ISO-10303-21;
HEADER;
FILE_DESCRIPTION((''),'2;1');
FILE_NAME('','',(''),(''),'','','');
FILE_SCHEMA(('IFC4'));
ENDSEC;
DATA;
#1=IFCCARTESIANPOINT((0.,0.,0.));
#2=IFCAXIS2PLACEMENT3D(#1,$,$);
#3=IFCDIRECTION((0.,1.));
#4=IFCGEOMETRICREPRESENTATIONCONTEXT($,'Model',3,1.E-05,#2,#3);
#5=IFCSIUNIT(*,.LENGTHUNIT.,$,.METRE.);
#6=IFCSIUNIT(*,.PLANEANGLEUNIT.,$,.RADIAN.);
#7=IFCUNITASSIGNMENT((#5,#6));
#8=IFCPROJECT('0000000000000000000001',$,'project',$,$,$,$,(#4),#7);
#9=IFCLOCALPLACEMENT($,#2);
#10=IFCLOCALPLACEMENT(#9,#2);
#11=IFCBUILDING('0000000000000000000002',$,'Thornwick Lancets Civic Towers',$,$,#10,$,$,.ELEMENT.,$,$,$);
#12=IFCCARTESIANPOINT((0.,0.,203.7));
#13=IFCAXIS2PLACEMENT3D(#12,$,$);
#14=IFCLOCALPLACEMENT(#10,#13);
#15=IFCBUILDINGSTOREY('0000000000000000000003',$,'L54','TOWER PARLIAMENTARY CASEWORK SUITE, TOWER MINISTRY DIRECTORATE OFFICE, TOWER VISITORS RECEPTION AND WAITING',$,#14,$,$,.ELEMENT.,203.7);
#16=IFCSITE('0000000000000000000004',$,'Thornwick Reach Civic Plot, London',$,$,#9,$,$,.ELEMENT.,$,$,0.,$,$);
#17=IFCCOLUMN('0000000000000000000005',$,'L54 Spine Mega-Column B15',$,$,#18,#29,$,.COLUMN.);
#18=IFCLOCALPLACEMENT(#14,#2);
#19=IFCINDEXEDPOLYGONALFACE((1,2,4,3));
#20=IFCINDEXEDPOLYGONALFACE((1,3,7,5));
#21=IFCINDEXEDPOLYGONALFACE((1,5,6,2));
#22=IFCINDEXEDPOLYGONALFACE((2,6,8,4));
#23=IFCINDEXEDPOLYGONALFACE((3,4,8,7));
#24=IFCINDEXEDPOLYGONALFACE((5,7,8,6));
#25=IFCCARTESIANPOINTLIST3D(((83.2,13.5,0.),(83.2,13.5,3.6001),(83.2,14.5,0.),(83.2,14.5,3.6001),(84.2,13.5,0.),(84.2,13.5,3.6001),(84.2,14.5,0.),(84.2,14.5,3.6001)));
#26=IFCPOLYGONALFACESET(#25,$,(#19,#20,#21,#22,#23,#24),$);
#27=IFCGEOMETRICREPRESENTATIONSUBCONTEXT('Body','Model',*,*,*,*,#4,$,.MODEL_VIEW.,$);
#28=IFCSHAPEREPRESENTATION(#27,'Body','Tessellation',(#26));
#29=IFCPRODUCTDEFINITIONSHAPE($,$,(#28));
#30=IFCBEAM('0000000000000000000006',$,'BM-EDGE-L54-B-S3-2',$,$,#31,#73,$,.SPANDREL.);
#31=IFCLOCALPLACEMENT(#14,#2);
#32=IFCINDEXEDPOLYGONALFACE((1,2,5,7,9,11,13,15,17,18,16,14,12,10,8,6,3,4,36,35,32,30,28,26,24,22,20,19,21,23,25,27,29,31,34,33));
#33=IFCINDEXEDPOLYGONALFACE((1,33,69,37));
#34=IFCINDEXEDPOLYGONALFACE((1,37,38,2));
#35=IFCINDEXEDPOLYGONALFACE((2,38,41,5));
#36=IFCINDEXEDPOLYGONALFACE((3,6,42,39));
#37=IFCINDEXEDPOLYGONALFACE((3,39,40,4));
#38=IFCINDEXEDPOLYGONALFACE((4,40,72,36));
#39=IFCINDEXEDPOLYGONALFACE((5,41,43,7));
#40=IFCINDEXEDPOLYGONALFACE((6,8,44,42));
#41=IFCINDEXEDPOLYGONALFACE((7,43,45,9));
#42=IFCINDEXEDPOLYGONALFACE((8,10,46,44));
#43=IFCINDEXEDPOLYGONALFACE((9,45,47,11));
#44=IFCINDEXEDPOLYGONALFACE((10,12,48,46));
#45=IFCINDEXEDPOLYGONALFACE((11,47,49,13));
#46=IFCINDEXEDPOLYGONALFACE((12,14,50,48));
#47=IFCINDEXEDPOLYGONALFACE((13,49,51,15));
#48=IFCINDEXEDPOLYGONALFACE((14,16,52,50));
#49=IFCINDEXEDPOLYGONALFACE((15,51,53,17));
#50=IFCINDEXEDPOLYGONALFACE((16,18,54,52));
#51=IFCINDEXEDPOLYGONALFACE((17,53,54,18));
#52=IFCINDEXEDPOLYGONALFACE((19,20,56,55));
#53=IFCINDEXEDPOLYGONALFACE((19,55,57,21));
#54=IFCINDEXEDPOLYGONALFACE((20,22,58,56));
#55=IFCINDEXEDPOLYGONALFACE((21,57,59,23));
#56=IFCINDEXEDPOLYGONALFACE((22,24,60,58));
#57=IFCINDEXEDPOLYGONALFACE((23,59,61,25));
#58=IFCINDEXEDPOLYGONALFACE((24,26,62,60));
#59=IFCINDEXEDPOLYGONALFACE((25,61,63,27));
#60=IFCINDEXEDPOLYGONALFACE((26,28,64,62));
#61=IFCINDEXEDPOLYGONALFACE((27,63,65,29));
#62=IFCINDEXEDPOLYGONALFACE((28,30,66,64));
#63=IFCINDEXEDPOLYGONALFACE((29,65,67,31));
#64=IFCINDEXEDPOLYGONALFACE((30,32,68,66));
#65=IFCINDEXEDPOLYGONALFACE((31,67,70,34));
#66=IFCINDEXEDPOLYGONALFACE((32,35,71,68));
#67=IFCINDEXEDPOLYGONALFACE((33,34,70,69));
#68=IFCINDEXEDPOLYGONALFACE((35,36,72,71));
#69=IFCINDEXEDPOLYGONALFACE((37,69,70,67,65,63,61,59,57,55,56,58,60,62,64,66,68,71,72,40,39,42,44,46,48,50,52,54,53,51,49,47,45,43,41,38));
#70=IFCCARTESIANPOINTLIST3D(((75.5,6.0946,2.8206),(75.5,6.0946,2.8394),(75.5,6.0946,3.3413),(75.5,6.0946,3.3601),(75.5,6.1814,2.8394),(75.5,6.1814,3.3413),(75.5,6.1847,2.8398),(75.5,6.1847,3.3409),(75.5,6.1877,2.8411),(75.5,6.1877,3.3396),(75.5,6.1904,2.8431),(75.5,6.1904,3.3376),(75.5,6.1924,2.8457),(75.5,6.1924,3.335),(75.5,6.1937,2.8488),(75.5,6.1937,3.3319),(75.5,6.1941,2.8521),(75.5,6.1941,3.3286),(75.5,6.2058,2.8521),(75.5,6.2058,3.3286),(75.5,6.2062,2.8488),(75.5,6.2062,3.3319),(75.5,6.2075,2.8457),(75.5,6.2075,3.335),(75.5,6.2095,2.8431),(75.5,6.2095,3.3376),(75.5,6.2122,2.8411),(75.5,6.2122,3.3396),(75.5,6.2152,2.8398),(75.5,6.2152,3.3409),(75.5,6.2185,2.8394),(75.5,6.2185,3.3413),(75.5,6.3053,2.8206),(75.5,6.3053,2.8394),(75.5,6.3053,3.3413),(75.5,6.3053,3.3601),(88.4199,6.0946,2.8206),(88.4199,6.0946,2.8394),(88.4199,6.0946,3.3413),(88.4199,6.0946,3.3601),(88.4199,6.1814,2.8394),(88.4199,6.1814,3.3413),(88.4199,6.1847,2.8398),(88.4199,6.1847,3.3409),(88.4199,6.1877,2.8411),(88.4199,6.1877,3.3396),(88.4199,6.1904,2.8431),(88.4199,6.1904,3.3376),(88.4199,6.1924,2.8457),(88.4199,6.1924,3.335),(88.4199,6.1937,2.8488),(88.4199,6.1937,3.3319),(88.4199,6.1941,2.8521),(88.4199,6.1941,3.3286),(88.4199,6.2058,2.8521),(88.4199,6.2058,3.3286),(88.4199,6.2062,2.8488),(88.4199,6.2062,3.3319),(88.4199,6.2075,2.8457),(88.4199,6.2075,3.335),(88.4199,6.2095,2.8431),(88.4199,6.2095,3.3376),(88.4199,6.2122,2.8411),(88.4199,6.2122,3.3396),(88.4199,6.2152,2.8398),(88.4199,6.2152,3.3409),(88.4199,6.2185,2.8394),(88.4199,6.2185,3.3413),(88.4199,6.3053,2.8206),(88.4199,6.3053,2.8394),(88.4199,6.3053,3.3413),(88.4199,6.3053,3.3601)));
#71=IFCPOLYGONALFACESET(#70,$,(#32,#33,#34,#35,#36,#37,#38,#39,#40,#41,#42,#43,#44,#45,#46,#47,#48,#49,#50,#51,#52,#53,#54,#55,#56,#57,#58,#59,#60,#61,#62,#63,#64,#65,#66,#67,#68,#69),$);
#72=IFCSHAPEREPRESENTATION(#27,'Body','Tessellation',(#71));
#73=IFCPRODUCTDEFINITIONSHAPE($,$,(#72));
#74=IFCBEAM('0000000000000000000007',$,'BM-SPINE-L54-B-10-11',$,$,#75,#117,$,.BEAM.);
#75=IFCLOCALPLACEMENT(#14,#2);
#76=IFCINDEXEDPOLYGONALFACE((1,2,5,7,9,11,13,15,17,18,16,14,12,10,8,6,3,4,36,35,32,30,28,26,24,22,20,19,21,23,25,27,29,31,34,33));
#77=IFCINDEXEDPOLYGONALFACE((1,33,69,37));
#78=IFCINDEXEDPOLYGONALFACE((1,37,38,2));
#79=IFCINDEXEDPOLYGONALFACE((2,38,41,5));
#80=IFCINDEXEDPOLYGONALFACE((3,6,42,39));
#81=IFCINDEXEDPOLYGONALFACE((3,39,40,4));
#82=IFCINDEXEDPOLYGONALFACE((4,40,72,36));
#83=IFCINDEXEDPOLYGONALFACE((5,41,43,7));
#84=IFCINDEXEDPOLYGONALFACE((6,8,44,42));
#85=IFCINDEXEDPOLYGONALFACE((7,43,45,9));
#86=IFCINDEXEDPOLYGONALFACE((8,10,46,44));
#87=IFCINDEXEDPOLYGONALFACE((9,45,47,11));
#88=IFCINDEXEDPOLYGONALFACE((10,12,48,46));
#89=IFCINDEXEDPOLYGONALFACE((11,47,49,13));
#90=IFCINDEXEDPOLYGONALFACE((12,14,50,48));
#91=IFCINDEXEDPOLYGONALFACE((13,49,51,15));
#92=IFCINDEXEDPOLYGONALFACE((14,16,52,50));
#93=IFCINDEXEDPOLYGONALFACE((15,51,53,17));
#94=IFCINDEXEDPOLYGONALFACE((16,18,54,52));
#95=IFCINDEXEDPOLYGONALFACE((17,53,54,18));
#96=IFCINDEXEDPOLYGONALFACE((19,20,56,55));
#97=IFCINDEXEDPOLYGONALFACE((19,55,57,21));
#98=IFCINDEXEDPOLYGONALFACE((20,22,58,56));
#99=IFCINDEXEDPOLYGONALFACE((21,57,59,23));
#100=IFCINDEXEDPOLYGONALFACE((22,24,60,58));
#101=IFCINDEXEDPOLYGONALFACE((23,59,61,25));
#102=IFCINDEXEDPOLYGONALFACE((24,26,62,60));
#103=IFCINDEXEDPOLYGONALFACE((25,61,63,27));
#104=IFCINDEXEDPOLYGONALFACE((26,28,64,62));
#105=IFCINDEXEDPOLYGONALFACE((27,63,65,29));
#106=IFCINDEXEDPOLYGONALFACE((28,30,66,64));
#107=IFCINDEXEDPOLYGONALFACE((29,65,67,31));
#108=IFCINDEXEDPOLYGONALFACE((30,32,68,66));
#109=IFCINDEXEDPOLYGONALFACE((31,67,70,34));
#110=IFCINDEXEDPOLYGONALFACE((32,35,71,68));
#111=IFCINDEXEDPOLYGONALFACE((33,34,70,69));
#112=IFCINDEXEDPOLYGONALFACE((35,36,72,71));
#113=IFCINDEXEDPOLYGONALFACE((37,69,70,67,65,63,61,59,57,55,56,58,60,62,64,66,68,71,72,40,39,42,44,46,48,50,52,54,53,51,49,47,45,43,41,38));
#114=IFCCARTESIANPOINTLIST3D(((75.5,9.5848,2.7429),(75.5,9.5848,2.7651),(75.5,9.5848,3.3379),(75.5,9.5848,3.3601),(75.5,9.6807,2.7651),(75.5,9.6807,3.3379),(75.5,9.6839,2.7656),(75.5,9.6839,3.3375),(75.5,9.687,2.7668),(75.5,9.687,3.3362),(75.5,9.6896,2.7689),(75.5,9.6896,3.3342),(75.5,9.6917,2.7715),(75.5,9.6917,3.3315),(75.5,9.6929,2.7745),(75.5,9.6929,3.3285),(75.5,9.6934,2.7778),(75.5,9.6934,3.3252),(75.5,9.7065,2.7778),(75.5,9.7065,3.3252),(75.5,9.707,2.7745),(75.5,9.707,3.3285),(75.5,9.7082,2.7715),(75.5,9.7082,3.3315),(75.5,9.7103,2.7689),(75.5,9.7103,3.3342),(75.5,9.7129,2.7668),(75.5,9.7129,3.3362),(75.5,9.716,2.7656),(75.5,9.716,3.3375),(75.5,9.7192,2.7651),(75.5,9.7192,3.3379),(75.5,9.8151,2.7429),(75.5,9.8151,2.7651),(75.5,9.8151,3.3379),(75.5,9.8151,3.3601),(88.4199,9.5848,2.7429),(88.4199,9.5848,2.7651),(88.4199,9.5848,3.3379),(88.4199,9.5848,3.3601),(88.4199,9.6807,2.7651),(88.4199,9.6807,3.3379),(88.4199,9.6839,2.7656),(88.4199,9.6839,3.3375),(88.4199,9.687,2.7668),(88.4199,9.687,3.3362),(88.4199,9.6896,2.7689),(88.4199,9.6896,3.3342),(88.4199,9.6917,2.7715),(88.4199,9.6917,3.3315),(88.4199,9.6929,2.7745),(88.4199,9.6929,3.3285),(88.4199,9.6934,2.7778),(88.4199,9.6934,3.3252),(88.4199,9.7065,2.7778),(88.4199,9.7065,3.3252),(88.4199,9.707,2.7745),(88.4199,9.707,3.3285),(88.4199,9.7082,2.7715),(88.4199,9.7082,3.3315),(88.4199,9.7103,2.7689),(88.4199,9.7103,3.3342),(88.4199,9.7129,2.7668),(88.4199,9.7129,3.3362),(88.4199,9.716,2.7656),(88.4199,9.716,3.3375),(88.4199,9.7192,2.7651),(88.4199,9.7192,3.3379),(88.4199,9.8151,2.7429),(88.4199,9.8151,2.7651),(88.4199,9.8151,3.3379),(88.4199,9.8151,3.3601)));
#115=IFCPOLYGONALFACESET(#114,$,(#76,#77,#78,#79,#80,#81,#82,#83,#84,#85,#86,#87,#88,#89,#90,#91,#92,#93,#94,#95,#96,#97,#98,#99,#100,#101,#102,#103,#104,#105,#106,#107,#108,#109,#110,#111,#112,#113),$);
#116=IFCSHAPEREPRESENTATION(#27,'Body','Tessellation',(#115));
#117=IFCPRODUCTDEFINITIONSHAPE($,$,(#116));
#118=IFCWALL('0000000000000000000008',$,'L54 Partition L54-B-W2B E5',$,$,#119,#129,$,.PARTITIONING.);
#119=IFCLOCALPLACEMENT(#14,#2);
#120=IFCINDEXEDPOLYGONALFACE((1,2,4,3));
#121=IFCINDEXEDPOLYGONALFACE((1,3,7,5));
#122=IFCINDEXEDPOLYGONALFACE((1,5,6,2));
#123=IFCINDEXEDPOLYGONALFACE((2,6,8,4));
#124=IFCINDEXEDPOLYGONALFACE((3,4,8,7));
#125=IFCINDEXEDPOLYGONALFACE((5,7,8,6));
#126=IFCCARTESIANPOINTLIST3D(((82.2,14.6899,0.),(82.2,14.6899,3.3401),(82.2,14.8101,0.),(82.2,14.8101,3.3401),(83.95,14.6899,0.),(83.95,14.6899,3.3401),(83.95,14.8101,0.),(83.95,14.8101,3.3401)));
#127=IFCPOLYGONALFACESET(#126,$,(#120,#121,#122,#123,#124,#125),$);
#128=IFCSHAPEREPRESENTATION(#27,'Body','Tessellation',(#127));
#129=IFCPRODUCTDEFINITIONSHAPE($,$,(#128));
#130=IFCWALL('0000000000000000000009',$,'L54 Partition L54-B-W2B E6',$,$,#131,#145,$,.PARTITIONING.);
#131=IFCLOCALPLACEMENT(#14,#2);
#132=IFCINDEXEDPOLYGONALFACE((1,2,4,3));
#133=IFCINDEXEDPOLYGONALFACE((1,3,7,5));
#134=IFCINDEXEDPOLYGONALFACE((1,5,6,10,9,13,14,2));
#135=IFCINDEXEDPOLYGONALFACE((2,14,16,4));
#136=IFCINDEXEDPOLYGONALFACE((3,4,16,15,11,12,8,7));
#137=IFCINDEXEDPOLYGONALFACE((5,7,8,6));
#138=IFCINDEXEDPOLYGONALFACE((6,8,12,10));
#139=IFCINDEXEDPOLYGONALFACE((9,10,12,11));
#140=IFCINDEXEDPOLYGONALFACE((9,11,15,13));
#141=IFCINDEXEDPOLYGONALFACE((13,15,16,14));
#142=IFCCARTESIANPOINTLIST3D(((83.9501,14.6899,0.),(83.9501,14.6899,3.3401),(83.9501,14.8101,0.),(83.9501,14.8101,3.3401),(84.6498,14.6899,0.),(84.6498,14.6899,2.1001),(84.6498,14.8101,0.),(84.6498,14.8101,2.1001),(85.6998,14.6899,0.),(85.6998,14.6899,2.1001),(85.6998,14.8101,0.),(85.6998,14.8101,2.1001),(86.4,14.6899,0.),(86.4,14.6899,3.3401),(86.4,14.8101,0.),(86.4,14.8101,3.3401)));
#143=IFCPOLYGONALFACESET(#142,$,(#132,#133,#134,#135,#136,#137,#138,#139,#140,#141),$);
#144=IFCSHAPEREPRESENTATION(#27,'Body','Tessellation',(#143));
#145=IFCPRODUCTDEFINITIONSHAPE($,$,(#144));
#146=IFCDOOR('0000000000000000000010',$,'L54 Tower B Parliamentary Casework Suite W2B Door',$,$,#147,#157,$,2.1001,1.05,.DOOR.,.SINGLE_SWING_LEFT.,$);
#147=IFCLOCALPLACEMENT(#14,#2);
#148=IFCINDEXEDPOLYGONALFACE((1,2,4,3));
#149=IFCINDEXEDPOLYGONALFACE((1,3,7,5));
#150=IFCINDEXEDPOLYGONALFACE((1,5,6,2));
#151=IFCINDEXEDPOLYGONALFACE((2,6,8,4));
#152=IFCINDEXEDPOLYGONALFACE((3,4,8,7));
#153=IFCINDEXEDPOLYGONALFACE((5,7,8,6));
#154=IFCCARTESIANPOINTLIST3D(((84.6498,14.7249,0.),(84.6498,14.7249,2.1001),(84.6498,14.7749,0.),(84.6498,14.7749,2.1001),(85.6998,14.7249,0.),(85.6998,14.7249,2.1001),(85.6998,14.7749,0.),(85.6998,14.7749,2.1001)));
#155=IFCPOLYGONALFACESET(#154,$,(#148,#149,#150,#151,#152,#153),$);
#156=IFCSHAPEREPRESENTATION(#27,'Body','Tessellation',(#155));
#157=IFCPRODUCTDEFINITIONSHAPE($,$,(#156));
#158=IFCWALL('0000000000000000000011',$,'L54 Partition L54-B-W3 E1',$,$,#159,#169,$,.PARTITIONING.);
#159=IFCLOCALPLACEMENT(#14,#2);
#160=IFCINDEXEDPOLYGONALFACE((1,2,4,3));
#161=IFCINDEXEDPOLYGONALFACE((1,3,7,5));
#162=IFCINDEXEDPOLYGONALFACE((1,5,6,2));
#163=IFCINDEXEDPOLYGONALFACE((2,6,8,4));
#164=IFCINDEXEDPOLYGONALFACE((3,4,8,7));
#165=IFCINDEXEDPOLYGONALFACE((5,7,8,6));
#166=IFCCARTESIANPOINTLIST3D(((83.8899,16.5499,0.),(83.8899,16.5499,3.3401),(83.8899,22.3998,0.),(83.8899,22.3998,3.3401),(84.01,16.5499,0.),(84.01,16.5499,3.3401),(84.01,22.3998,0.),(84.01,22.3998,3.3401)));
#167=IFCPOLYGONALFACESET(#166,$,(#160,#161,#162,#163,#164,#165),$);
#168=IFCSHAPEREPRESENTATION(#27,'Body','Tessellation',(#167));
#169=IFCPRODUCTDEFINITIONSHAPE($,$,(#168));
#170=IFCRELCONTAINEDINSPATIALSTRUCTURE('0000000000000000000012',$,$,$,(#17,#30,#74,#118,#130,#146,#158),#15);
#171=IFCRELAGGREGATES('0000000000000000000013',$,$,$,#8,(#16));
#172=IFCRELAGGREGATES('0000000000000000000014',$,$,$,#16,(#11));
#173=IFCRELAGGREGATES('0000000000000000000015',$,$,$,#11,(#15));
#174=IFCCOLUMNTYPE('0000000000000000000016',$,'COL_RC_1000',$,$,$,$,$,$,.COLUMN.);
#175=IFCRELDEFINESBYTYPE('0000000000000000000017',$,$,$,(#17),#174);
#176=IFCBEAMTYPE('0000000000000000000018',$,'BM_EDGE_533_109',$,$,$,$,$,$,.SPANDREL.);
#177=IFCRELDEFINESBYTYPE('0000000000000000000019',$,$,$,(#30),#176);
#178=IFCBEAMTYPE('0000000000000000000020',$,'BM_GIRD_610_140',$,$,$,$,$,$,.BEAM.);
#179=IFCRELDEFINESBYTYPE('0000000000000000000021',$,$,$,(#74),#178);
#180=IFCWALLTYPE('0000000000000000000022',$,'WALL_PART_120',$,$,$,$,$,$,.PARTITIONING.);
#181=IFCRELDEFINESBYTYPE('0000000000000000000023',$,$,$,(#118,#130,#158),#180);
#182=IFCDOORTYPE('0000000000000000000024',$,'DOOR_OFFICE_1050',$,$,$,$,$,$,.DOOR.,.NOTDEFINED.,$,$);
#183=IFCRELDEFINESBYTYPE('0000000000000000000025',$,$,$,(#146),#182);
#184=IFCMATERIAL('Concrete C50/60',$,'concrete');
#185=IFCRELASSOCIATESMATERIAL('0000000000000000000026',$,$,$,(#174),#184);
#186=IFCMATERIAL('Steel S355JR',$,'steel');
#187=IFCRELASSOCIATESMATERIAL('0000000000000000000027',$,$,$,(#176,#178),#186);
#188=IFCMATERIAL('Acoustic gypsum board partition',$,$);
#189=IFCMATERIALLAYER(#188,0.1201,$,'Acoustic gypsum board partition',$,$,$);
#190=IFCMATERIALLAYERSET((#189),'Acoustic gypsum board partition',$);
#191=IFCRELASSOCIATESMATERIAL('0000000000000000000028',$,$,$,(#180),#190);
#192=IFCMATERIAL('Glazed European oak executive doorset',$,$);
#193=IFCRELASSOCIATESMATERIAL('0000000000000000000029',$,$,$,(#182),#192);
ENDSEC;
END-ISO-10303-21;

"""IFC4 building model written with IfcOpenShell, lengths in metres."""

from ifc_helpers import new_model, si_unit, direction, frame, frame_2d, origin, origin_2d, place, context, subcontext, project, spatial, rectangle, i_section, extrude, material, layer, layer_set, material_profile, profile_set, type_object, element, fill, save


model = new_model("IFC4")

# Units and contexts
model_context = context("Model", 3, precision=1e-05, world=origin(), true_north=direction((0.0, 1.0)))
body_context = subcontext(model_context, "Body", "Model", "MODEL_VIEW")
ifc_project = project(units=[si_unit("LENGTHUNIT", "METRE"), si_unit("PLANEANGLEUNIT", "RADIAN")], contexts=[model_context])

# Site, building, storey
site_placement = place(None, origin())
site = spatial("IfcSite", under=ifc_project, at=site_placement, Name="Thornwick Reach Civic Plot, London", CompositionType="ELEMENT", RefElevation=0.0)
building_placement = place(site_placement, origin())
building = spatial("IfcBuilding", under=site, at=building_placement, Name="Thornwick Lancets Civic Towers", CompositionType="ELEMENT")
storey_placement = place(building_placement, frame((0.0, 0.0, 203.7)))
storey = spatial("IfcBuildingStorey", under=building, at=storey_placement, Name="L54", Description="TOWER PARLIAMENTARY CASEWORK SUITE, TOWER MINISTRY DIRECTORATE OFFICE, TOWER VISITORS RECEPTION AND WAITING", CompositionType="ELEMENT", Elevation=203.7)

# Column
ifc_material_1 = material(Name="Concrete C50/60", Category="concrete")
ifc_material_profile_1 = material_profile(ifc_material_1, rectangle(XDim=1.0, YDim=1.0, at=origin_2d()), Name="RC 1000x1000")
ifc_profile_set_1 = profile_set([ifc_material_profile_1], Name="Concrete C50/60")
column_type = type_object("IfcColumnType", Name="COL_RC_1000", PredefinedType="COLUMN", material=ifc_profile_set_1)
column_placement = place(storey_placement, frame((83.7, 14.0, 0.0), z_axis=(0.0, 0.0, 1.0), x_axis=(1.0, 0.0, 0.0)))
element("IfcColumn", 1, at=column_placement, inside=storey, type_object=column_type, Name="L54 Spine Mega-Column B15", PredefinedType="COLUMN", context=body_context, shape_type="SweptSolid", body=[
    extrude(rectangle(XDim=1.0, YDim=1.0, at=origin_2d()), origin(), (0.0, 0.0, 1.0), 3.6001),
])

# Beams
ifc_material_2 = material(Name="Steel S355JR", Category="steel")
ifc_material_profile_2 = material_profile(ifc_material_2, i_section(OverallWidth=0.2107, OverallDepth=0.5396, WebThickness=0.0117, FlangeThickness=0.0188, FilletRadius=0.0127, at=origin_2d()), Name="UKB 533x210x109")
ifc_profile_set_2 = profile_set([ifc_material_profile_2], Name="Steel S355JR")
beam_type_1 = type_object("IfcBeamType", Name="BM_EDGE_533_109", PredefinedType="SPANDREL", material=ifc_profile_set_2)
beam_1_placement = place(storey_placement, frame((88.4199, 6.2, 3.0903), z_axis=(-1.0, 0.0, 0.0), x_axis=(0.0, -1.0, 0.0)))
element("IfcBeam", 2, at=beam_1_placement, inside=storey, type_object=beam_type_1, Name="BM-EDGE-L54-B-S3-2", PredefinedType="SPANDREL", context=body_context, shape_type="SweptSolid", body=[
    extrude(i_section(OverallWidth=0.2107, OverallDepth=0.5396, WebThickness=0.0117, FlangeThickness=0.0188, FilletRadius=0.0127, at=origin_2d()), origin(), (0.0, 0.0, 1.0), 12.9199),
])
ifc_material_profile_3 = material_profile(ifc_material_2, i_section(OverallWidth=0.2302, OverallDepth=0.6172, WebThickness=0.0132, FlangeThickness=0.0222, FilletRadius=0.0127, at=origin_2d()), Name="UKB 610x229x140")
ifc_profile_set_3 = profile_set([ifc_material_profile_3], Name="Steel S355JR")
beam_type_2 = type_object("IfcBeamType", Name="BM_GIRD_610_140", PredefinedType="BEAM", material=ifc_profile_set_3)
beam_2_placement = place(storey_placement, frame((88.4199, 9.7, 3.0515), z_axis=(-1.0, 0.0, 0.0), x_axis=(0.0, -1.0, 0.0)))
element("IfcBeam", 3, at=beam_2_placement, inside=storey, type_object=beam_type_2, Name="BM-SPINE-L54-B-10-11", PredefinedType="BEAM", context=body_context, shape_type="SweptSolid", body=[
    extrude(i_section(OverallWidth=0.2302, OverallDepth=0.6172, WebThickness=0.0132, FlangeThickness=0.0222, FilletRadius=0.0127, at=origin_2d()), origin(), (0.0, 0.0, 1.0), 12.9199),
])

# Wall
ifc_material_3 = material(Name="Acoustic gypsum board partition")
ifc_layer_1 = layer(ifc_material_3, 0.1201, Name="Acoustic gypsum board partition")
ifc_layer_set_1 = layer_set([ifc_layer_1], Name="Acoustic gypsum board partition")
wall_type_1 = type_object("IfcWallType", Name="WALL_PART_120", PredefinedType="PARTITIONING", material=ifc_layer_set_1)
wall_1_placement = place(storey_placement, frame((82.2, 14.75, 0.0), z_axis=(0.0, 0.0, 1.0), x_axis=(1.0, 0.0, 0.0)))
element("IfcWall", 4, at=wall_1_placement, inside=storey, type_object=wall_type_1, Name="L54 Partition L54-B-W2B E5", PredefinedType="PARTITIONING", context=body_context, shape_type="SweptSolid", body=[
    extrude(rectangle(XDim=1.75, YDim=0.1201, at=frame_2d((0.875, 0.0))), origin(), (0.0, 0.0, 1.0), 3.3401),
])

# Wall, opening, door
wall_2_placement = place(storey_placement, frame((83.95, 14.75, 0.0), z_axis=(0.0, 0.0, 1.0), x_axis=(1.0, 0.0, 0.0)))
wall_2 = element("IfcWall", 5, at=wall_2_placement, inside=storey, type_object=wall_type_1, Name="L54 Partition L54-B-W2B E6", PredefinedType="PARTITIONING", context=body_context, shape_type="SweptSolid", body=[
    extrude(rectangle(XDim=2.45, YDim=0.1201, at=frame_2d((1.2251, 0.0))), origin(), (0.0, 0.0, 1.0), 3.3401),
])
opening_1_placement = place(wall_2_placement, frame((0.7, 0.0, 0.0)))
opening_1 = element("IfcOpeningElement", 6, at=opening_1_placement, cuts=wall_2, PredefinedType="OPENING", context=body_context, shape_type="SweptSolid", body=[
    extrude(rectangle(XDim=1.05, YDim=2.1001, at=frame_2d((0.5249, 1.05))), frame((0.0, 0.0701, 0.0), z_axis=(0.0, -1.0, 0.0), x_axis=(1.0, 0.0, 0.0)), (0.0, 0.0, 1.0), 0.1401),
])
ifc_material_4 = material(Name="Glazed European oak executive doorset")
door_type_1 = type_object("IfcDoorType", Name="DOOR_OFFICE_1050", OperationType="NOTDEFINED", PredefinedType="DOOR", material=ifc_material_4)
door_1_placement = place(opening_1_placement, origin())
door_1 = element("IfcDoor", 7, at=door_1_placement, inside=storey, type_object=door_type_1, Name="L54 Tower B Parliamentary Casework Suite W2B Door", OperationType="SINGLE_SWING_LEFT", OverallHeight=2.1001, OverallWidth=1.05, PredefinedType="DOOR", context=body_context, shape_type="SweptSolid", body=[
    extrude(rectangle(XDim=1.05, YDim=2.1001, at=frame_2d((0.5249, 1.05))), frame((0.0, 0.0249, 0.0), z_axis=(0.0, -1.0, 0.0), x_axis=(1.0, 0.0, 0.0)), (0.0, 0.0, 1.0), 0.05),
])
fill(opening_1, door_1)

# Wall
wall_3_placement = place(storey_placement, frame((83.95, 16.55, 0.0), z_axis=(0.0, 0.0, 1.0), x_axis=(0.0, 1.0, 0.0)))
element("IfcWall", 8, at=wall_3_placement, inside=storey, type_object=wall_type_1, Name="L54 Partition L54-B-W3 E1", PredefinedType="PARTITIONING", context=body_context, shape_type="SweptSolid", body=[
    extrude(rectangle(XDim=5.8499, YDim=0.1201, at=frame_2d((2.9248, 0.0))), origin(), (0.0, 0.0, 1.0), 3.3401),
])

save(model, "model.ifc")
